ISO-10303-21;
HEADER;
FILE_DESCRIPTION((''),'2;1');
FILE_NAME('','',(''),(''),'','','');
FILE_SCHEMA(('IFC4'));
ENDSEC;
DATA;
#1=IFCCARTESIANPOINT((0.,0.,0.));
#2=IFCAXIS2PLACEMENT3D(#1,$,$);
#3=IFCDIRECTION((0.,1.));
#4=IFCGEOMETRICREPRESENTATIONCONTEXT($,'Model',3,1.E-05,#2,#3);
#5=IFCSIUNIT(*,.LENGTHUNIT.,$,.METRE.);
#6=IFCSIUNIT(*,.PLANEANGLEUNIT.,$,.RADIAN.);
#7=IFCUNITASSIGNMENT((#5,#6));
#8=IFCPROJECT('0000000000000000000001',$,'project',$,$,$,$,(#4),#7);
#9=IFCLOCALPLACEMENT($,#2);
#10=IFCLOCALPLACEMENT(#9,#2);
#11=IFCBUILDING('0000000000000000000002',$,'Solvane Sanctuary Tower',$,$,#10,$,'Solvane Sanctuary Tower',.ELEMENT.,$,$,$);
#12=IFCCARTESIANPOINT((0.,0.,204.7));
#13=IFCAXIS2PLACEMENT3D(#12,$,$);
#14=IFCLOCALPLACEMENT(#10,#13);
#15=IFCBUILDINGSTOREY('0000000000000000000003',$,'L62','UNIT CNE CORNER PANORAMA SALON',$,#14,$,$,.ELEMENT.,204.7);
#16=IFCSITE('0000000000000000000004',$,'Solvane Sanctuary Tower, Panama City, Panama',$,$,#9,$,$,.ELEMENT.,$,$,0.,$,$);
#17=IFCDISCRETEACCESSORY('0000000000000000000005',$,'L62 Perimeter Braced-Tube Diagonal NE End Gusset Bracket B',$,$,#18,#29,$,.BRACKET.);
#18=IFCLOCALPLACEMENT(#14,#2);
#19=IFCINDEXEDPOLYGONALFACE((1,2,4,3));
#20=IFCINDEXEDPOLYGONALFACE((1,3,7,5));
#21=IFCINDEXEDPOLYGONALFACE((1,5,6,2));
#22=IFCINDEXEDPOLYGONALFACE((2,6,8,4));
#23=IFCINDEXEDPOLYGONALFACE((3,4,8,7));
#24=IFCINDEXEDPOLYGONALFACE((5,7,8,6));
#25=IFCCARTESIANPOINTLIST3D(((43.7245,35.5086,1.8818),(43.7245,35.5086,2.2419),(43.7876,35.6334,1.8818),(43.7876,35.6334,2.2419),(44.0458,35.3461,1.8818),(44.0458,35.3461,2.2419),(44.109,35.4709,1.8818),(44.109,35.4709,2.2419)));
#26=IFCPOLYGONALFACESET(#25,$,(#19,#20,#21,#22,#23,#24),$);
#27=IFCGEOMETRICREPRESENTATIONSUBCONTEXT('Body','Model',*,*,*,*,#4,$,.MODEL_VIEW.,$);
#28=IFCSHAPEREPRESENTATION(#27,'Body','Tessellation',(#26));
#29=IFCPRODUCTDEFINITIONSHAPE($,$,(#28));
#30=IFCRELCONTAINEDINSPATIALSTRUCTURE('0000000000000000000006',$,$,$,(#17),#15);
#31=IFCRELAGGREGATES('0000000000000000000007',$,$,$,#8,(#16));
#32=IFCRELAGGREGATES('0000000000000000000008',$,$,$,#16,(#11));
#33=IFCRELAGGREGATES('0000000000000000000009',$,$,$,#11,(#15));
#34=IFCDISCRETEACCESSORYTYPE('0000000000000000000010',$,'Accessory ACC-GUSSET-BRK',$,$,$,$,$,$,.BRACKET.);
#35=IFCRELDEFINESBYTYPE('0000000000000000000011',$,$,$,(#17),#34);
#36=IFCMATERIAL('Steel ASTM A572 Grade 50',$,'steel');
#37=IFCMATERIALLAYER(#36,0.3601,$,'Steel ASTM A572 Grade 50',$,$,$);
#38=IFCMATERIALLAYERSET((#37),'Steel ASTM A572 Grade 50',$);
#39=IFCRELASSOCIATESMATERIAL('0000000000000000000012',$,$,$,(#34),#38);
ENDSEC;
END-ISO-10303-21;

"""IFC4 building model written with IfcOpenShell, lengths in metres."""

from ifc_helpers import new_model, si_unit, direction, frame, origin, origin_2d, place, context, subcontext, project, spatial, rectangle, extrude, material, layer, layer_set, type_object, element, save


model = new_model("IFC4")

# Units and contexts
model_context = context("Model", 3, precision=1e-05, world=origin(), true_north=direction((0.0, 1.0)))
body_context = subcontext(model_context, "Body", "Model", "MODEL_VIEW")
ifc_project = project(units=[si_unit("LENGTHUNIT", "METRE"), si_unit("PLANEANGLEUNIT", "RADIAN")], contexts=[model_context])

# Site, building, storey
site_placement = place(None, origin())
site = spatial("IfcSite", under=ifc_project, at=site_placement, Name="Solvane Sanctuary Tower, Panama City, Panama", CompositionType="ELEMENT", RefElevation=0.0)
building_placement = place(site_placement, origin())
building = spatial("IfcBuilding", under=site, at=building_placement, Name="Solvane Sanctuary Tower", LongName="Solvane Sanctuary Tower", CompositionType="ELEMENT")
storey_placement = place(building_placement, frame((0.0, 0.0, 204.7)))
storey = spatial("IfcBuildingStorey", under=building, at=storey_placement, Name="L62", Description="UNIT CNE CORNER PANORAMA SALON", CompositionType="ELEMENT", Elevation=204.7)

# Discrete accessory
ifc_material_1 = material(Name="Steel ASTM A572 Grade 50", Category="steel")
ifc_layer_1 = layer(ifc_material_1, 0.3601, Name="Steel ASTM A572 Grade 50")
ifc_layer_set_1 = layer_set([ifc_layer_1], Name="Steel ASTM A572 Grade 50")
discrete_accessory_type = type_object("IfcDiscreteAccessoryType", Name="Accessory ACC-GUSSET-BRK", PredefinedType="BRACKET", material=ifc_layer_set_1)
discrete_accessory_placement = place(storey_placement, frame((43.9167, 35.4897, 1.8818), z_axis=(0.0, 0.0, 1.0), x_axis=(-0.89235, 0.451345, 0.0)))
element("IfcDiscreteAccessory", 1, at=discrete_accessory_placement, inside=storey, type_object=discrete_accessory_type, Name="L62 Perimeter Braced-Tube Diagonal NE End Gusset Bracket B", PredefinedType="BRACKET", context=body_context, shape_type="SweptSolid", body=[
    extrude(rectangle(XDim=0.3601, YDim=0.1399, at=origin_2d()), origin(), (0.0, 0.0, 1.0), 0.3601),
])

save(model, "model.ifc")
